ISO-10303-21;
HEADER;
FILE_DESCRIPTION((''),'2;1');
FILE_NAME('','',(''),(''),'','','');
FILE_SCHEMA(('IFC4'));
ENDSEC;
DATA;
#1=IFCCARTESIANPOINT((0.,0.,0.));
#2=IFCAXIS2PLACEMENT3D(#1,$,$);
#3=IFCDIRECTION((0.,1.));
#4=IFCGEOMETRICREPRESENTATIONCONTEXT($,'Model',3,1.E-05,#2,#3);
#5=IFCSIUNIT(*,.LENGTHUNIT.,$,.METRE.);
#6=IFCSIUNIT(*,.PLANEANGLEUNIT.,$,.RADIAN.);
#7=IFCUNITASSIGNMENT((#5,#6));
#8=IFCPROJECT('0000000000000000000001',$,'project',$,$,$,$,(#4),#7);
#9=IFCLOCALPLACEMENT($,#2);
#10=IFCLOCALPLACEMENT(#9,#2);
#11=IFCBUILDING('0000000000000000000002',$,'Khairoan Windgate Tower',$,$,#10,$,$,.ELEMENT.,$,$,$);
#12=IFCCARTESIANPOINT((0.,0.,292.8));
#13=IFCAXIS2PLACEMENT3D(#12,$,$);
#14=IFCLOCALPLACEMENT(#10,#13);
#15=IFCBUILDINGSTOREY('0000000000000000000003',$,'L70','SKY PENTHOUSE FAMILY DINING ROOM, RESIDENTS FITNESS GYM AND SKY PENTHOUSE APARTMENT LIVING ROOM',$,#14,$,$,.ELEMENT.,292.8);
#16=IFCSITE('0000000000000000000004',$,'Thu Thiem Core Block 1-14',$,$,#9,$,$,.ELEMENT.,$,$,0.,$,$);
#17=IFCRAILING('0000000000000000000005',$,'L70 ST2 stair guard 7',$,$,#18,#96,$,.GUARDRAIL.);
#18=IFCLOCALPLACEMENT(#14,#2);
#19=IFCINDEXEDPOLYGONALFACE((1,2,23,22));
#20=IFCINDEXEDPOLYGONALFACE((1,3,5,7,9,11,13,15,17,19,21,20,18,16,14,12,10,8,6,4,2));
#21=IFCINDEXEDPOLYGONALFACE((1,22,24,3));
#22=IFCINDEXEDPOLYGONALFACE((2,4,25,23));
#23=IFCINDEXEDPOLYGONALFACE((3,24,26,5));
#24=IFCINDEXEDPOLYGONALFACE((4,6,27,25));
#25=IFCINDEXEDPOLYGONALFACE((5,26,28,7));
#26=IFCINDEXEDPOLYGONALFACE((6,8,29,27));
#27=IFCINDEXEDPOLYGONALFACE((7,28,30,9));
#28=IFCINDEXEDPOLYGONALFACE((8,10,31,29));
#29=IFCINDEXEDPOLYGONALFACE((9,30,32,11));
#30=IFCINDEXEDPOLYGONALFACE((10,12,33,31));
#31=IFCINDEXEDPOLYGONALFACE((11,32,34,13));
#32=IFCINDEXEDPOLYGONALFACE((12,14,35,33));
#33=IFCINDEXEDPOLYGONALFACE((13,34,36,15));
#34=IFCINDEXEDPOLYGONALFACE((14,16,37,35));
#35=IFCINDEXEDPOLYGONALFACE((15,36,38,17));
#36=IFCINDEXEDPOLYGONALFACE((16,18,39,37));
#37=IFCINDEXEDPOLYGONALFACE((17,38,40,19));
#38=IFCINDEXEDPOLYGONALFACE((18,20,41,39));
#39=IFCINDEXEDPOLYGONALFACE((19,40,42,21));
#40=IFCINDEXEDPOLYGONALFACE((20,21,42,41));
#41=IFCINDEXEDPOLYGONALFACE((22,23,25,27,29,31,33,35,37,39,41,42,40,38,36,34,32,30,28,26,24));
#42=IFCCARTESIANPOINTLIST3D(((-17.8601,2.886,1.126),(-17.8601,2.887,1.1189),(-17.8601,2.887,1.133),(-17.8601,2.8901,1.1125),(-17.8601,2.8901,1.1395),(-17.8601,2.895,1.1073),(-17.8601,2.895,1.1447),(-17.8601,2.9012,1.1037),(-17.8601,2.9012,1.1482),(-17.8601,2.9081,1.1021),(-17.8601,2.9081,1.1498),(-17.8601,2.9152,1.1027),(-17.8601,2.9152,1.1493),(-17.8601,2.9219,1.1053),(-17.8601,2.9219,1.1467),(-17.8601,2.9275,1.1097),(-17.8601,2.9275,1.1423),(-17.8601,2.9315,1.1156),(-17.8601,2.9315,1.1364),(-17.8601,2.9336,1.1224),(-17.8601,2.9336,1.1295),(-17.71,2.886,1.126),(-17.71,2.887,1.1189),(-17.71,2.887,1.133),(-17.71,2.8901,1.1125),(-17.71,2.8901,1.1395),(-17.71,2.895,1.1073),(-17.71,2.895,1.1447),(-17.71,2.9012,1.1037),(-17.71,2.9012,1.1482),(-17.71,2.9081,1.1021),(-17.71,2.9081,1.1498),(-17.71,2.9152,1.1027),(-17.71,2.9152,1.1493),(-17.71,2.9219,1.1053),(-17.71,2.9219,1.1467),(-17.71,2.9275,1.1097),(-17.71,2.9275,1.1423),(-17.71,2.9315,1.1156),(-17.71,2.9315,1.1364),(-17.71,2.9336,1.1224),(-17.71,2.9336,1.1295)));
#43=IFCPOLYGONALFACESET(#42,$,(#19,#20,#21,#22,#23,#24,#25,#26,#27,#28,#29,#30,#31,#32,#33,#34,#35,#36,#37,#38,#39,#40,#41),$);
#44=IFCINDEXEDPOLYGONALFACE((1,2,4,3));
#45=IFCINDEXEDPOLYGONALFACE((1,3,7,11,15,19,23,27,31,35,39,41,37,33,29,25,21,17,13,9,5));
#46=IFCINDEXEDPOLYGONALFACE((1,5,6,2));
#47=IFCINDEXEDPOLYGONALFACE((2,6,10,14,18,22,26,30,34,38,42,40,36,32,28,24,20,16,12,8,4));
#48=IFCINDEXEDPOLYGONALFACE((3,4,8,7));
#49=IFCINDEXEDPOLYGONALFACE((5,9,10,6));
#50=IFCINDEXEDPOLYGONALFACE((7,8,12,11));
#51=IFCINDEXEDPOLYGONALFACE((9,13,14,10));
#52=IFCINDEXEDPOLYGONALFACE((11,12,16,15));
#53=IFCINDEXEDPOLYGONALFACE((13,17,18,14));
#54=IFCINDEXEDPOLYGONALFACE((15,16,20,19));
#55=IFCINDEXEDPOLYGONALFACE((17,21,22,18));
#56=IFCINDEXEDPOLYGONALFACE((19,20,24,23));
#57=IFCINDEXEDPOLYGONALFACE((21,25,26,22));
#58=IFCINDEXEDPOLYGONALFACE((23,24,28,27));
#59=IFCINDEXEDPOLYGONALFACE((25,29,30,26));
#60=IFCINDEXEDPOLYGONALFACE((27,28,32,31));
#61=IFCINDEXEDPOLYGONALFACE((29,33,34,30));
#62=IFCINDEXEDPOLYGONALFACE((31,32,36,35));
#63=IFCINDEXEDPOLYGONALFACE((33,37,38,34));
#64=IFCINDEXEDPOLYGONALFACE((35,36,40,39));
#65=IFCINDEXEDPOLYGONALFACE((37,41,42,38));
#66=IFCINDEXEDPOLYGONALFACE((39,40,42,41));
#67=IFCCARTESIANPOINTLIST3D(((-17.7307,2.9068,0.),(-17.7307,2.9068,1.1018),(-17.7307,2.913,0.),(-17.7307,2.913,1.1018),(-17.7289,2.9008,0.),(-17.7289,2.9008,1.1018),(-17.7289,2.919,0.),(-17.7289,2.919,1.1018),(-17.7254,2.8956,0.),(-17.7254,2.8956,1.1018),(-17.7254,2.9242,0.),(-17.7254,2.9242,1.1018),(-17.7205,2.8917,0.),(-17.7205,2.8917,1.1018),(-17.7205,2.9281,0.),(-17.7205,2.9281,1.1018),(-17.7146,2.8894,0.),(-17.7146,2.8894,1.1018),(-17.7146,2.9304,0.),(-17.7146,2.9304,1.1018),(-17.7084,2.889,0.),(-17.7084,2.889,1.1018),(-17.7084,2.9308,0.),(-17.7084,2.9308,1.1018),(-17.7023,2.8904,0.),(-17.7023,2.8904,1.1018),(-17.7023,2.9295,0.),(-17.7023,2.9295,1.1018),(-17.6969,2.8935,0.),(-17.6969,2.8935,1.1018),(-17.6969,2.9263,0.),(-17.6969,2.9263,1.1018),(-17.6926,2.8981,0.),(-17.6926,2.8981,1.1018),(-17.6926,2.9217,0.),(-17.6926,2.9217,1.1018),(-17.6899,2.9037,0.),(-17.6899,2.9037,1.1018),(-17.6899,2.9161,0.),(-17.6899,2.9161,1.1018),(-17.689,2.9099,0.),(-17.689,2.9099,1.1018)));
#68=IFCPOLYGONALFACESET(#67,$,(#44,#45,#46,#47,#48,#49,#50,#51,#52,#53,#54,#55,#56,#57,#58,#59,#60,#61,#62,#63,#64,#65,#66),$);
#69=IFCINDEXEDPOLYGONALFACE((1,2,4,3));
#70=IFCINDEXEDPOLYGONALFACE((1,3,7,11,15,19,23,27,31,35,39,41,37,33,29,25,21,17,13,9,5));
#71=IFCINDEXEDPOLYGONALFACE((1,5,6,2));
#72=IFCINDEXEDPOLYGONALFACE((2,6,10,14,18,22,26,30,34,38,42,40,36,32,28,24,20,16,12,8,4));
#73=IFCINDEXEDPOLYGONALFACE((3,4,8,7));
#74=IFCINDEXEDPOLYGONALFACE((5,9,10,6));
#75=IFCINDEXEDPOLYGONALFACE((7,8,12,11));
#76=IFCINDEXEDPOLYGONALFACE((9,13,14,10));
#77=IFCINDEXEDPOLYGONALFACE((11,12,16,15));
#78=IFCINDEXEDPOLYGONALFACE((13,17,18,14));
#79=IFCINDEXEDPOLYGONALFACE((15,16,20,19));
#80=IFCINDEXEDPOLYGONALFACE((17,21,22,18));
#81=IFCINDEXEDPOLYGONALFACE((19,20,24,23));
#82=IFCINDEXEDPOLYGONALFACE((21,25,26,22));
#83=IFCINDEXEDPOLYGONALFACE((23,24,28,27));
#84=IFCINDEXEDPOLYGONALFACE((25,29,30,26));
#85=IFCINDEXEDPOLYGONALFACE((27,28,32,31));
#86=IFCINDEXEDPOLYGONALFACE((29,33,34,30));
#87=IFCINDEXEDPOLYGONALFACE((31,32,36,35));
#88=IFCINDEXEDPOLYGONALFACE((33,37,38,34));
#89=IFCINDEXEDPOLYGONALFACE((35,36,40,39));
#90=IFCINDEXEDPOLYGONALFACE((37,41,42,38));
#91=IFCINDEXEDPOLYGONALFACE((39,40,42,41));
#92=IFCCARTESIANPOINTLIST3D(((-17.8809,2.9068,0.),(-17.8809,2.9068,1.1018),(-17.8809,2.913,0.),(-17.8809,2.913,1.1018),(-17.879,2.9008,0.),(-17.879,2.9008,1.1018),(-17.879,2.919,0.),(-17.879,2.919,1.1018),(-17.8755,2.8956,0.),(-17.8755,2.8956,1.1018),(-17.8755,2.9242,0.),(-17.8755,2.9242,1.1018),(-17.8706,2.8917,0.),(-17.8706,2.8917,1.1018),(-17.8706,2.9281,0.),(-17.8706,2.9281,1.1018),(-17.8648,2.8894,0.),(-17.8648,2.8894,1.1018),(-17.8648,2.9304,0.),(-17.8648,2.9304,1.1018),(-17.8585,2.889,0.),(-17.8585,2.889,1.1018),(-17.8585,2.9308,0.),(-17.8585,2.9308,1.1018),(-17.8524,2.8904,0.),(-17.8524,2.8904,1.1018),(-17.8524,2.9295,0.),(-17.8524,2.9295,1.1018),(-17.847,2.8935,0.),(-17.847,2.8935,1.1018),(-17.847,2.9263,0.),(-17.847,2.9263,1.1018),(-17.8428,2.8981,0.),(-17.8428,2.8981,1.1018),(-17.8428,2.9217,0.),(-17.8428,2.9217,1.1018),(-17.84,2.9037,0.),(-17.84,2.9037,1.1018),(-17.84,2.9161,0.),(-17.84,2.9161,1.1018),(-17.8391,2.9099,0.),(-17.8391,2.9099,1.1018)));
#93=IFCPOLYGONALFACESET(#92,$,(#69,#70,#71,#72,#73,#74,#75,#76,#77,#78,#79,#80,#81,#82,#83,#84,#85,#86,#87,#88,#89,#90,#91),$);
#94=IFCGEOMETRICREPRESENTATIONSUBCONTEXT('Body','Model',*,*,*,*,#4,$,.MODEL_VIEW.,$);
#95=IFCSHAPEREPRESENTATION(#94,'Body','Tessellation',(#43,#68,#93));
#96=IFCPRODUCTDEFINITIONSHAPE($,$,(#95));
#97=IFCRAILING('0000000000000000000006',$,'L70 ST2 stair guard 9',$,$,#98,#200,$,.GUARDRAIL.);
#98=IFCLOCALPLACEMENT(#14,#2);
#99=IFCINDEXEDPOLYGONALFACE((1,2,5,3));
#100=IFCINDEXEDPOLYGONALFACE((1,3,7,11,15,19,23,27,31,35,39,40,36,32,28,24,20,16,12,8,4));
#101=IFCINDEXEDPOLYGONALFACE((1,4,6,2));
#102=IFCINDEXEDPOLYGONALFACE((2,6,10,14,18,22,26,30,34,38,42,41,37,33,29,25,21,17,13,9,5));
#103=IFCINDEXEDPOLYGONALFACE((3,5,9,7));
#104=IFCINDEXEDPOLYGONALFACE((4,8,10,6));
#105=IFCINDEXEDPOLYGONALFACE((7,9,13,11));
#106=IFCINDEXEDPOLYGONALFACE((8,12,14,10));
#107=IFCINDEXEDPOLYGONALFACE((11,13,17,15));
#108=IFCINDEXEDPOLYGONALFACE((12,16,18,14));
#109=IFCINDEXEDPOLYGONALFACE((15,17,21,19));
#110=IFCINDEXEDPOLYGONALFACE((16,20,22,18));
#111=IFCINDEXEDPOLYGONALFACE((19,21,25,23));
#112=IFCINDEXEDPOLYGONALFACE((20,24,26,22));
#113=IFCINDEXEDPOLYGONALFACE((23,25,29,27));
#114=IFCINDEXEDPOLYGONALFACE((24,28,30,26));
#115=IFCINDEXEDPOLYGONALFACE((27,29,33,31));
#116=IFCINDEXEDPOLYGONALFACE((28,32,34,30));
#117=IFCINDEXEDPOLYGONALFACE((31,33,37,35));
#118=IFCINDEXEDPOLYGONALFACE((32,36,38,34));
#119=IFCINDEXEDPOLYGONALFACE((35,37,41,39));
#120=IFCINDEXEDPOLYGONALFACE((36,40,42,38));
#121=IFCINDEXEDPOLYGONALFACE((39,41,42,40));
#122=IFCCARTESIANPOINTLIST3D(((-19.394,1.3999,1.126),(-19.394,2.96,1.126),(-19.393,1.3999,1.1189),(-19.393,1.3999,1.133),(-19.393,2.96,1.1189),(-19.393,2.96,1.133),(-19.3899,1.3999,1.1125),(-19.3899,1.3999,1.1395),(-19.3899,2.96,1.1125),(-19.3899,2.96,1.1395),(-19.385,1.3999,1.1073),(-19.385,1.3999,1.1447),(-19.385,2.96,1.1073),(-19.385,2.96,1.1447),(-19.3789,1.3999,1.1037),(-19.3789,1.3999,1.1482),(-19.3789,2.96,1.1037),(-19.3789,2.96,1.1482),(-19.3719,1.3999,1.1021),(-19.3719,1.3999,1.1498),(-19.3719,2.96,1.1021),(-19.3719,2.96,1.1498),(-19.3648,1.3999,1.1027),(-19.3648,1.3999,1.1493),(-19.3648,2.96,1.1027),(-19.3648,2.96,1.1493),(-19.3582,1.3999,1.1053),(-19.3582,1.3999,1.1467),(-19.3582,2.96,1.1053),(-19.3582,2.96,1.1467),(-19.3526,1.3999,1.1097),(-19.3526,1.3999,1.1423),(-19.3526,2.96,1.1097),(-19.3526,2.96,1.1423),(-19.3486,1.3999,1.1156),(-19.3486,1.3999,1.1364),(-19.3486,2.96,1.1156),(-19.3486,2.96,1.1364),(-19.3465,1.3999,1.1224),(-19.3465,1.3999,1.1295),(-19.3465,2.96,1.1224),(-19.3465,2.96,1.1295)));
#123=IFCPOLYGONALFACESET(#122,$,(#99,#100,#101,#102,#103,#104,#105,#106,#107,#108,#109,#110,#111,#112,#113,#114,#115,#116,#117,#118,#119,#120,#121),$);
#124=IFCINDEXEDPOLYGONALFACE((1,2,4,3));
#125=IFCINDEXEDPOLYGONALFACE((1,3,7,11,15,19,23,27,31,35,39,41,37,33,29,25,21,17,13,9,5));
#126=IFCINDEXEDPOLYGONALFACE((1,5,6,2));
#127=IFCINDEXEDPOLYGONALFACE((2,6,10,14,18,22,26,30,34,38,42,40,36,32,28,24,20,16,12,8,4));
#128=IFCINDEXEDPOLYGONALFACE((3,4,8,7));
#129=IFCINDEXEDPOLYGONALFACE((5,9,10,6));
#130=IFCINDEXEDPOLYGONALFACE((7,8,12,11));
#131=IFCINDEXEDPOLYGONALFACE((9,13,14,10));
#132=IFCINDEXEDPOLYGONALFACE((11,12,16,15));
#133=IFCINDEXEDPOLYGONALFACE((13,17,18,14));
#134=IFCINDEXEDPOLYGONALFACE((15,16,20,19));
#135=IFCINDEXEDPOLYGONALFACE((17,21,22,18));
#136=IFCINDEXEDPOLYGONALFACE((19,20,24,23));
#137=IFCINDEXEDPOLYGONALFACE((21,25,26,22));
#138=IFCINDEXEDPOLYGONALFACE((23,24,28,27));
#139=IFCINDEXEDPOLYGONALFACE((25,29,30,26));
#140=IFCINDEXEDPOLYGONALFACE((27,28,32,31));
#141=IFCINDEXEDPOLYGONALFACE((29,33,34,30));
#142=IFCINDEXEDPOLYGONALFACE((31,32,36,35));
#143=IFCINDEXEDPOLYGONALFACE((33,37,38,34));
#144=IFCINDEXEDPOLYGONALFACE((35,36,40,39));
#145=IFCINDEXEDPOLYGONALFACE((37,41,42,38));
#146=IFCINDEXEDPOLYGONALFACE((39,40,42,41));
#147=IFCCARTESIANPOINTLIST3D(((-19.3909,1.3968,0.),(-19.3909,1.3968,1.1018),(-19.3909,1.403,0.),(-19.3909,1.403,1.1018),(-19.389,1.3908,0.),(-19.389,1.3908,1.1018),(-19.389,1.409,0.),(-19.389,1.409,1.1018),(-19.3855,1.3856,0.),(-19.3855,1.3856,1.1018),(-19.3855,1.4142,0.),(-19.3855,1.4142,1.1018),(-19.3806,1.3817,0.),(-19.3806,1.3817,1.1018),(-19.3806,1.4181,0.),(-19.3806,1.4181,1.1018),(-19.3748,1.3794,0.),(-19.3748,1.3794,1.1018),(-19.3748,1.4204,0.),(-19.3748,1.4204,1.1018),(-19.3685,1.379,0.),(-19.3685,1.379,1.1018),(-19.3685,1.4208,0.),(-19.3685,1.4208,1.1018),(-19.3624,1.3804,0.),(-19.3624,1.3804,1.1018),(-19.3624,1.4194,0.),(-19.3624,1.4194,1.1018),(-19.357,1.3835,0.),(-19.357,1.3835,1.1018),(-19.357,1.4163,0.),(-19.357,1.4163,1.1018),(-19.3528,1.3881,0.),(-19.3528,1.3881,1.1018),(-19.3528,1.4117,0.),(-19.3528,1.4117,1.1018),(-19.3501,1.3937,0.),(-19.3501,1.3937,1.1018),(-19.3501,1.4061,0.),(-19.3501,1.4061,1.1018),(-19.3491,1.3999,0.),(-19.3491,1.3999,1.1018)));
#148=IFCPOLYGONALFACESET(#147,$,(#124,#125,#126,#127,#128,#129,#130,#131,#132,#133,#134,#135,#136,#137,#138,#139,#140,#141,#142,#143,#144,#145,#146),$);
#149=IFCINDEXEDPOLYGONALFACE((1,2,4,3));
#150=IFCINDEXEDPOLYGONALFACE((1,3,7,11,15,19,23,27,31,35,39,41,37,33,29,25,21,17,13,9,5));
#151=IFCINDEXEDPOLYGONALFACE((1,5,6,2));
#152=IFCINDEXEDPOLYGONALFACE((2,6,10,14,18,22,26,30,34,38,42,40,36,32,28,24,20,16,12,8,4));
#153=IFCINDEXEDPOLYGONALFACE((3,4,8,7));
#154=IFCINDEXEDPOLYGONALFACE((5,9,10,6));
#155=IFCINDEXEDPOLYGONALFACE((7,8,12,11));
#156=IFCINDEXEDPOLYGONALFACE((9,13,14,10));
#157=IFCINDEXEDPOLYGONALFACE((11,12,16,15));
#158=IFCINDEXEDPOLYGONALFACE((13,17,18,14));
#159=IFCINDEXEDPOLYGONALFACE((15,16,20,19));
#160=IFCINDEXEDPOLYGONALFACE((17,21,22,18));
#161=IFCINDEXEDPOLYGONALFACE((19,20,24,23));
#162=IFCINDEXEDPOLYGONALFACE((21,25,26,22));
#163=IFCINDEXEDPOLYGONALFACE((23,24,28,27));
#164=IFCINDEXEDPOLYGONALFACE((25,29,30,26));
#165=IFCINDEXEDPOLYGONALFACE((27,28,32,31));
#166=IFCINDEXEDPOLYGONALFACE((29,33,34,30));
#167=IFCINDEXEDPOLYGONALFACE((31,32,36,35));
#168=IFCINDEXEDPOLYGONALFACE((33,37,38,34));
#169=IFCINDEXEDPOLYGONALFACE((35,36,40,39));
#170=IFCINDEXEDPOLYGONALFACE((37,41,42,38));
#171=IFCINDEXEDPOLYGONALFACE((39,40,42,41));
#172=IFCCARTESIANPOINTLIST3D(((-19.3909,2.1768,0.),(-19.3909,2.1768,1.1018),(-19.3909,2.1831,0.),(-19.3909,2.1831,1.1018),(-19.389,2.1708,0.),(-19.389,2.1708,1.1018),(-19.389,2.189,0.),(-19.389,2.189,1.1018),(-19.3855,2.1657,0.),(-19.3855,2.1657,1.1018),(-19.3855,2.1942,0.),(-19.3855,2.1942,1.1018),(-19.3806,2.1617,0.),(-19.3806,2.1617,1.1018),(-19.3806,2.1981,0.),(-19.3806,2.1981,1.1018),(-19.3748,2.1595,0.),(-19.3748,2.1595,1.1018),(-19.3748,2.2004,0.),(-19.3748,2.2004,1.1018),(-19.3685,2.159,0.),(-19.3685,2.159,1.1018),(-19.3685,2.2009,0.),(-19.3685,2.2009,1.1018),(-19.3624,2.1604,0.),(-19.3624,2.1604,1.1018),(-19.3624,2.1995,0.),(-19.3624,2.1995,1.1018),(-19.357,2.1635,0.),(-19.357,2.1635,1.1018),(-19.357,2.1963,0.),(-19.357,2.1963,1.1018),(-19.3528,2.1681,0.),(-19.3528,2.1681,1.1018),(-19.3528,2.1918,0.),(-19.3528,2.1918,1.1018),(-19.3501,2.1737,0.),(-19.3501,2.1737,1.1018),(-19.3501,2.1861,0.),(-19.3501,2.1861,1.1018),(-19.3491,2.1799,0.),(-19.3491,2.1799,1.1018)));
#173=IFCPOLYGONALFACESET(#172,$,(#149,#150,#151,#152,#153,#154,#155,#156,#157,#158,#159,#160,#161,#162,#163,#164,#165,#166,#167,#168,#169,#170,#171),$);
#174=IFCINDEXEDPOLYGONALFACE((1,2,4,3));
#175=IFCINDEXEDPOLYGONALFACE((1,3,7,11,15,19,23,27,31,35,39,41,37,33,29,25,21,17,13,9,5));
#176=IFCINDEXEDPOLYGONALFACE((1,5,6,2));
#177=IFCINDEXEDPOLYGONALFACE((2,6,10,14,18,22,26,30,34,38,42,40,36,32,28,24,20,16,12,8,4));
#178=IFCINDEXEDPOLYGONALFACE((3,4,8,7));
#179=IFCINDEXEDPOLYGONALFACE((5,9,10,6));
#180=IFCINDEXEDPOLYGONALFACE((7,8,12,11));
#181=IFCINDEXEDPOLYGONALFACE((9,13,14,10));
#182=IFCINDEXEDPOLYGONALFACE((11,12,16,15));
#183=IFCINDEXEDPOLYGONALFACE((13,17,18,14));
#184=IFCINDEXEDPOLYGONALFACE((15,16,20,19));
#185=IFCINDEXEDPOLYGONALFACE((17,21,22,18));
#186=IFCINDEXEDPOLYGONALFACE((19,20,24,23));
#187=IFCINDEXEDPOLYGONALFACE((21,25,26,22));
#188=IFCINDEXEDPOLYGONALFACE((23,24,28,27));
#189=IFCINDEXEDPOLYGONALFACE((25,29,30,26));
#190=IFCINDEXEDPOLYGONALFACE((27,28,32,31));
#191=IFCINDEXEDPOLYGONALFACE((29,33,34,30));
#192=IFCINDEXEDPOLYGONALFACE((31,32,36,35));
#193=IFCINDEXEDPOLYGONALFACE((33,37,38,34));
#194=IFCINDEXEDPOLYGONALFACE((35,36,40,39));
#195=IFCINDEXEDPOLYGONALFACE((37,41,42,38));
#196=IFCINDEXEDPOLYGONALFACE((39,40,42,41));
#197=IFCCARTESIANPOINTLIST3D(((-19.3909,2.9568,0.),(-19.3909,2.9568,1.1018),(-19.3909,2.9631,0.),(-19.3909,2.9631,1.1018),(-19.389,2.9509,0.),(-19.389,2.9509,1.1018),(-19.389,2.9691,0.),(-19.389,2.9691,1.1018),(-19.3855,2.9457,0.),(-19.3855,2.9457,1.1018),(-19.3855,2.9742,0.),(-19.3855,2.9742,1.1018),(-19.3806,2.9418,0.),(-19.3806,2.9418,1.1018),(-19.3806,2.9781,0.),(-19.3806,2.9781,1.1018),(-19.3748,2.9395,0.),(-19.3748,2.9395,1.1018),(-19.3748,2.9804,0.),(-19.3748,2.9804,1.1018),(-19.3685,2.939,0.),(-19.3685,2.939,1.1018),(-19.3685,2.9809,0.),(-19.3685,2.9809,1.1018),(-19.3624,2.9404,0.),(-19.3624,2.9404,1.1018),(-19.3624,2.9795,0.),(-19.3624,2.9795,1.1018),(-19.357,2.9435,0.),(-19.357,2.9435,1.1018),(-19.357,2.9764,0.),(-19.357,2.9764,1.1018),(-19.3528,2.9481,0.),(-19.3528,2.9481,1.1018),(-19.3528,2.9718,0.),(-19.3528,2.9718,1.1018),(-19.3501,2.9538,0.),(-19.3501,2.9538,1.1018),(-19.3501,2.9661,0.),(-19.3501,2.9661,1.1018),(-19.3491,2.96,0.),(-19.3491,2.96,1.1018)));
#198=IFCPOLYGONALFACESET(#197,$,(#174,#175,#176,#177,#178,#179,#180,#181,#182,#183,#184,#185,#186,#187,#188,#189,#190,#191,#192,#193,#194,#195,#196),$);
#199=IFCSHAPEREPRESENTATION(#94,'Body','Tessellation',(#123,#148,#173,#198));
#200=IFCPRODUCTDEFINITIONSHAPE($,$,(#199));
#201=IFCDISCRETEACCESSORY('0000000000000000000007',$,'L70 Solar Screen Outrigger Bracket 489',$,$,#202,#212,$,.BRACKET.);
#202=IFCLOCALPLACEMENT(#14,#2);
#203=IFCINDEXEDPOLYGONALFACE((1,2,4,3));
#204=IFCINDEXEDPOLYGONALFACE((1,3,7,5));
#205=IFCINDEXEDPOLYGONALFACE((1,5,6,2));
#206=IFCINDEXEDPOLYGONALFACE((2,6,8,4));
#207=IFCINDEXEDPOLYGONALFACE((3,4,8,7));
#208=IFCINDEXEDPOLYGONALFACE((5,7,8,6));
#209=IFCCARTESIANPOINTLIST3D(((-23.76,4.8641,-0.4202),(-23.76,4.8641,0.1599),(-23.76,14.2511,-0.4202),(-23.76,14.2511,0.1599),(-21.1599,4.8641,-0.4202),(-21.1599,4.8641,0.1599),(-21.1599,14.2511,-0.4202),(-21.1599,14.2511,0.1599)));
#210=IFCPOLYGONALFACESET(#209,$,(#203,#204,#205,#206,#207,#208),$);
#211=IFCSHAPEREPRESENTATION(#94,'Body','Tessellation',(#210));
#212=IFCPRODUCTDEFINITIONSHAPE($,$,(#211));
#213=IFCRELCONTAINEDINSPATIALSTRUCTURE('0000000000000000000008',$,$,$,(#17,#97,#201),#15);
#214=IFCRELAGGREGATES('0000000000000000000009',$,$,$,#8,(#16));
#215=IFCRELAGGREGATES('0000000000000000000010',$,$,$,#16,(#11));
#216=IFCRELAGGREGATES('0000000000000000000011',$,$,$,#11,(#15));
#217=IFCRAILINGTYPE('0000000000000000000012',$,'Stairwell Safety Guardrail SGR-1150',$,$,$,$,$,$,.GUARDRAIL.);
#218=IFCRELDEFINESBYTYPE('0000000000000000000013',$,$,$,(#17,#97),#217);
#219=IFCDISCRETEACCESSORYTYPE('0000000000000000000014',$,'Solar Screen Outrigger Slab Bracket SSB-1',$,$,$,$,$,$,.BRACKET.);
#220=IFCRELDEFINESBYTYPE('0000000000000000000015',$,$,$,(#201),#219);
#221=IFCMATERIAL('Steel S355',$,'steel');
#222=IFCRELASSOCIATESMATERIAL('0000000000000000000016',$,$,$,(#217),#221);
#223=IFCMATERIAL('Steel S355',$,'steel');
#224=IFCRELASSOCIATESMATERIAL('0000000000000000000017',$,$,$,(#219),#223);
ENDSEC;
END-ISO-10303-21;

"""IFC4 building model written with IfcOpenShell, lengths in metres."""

from ifc_helpers import new_model, si_unit, direction, frame, origin, origin_2d, place, context, subcontext, project, spatial, rectangle, circle, extrude, material, type_object, element, save


model = new_model("IFC4")

# Units and contexts
model_context = context("Model", 3, precision=1e-05, world=origin(), true_north=direction((0.0, 1.0)))
body_context = subcontext(model_context, "Body", "Model", "MODEL_VIEW")
ifc_project = project(units=[si_unit("LENGTHUNIT", "METRE"), si_unit("PLANEANGLEUNIT", "RADIAN")], contexts=[model_context])

# Site, building, storey
site_placement = place(None, origin())
site = spatial("IfcSite", under=ifc_project, at=site_placement, Name="Thu Thiem Core Block 1-14", CompositionType="ELEMENT", RefElevation=0.0)
building_placement = place(site_placement, origin())
building = spatial("IfcBuilding", under=site, at=building_placement, Name="Khairoan Windgate Tower", CompositionType="ELEMENT")
storey_placement = place(building_placement, frame((0.0, 0.0, 292.8)))
storey = spatial("IfcBuildingStorey", under=building, at=storey_placement, Name="L70", Description="SKY PENTHOUSE FAMILY DINING ROOM, RESIDENTS FITNESS GYM AND SKY PENTHOUSE APARTMENT LIVING ROOM", CompositionType="ELEMENT", Elevation=292.8)

# Railings
ifc_material_1 = material(Name="Steel S355", Category="steel")
railing_type_1 = type_object("IfcRailingType", Name="Stairwell Safety Guardrail SGR-1150", PredefinedType="GUARDRAIL", material=ifc_material_1)
railing_1_placement = place(storey_placement, frame((-17.71, 2.9099, 0.0)))
element("IfcRailing", 1, at=railing_1_placement, inside=storey, type_object=railing_type_1, Name="L70 ST2 stair guard 7", PredefinedType="GUARDRAIL", context=body_context, shape_type="SweptSolid", body=[
    extrude(circle(Radius=0.0239, at=origin_2d()), frame((0.0, 0.0, 1.126), z_axis=(-1.0, 0.0, 0.0), x_axis=(0.0, -1.0, 0.0)), (0.0, 0.0, 1.0), 0.1501),
    extrude(circle(Radius=0.021, at=origin_2d()), origin(), (0.0, 0.0, 1.0), 1.1018),
    extrude(circle(Radius=0.021, at=origin_2d()), frame((-0.1501, 0.0, 0.0)), (0.0, 0.0, 1.0), 1.1018),
])
railing_2_placement = place(storey_placement, frame((-19.3701, 1.3999, 0.0)))
element("IfcRailing", 2, at=railing_2_placement, inside=storey, type_object=railing_type_1, Name="L70 ST2 stair guard 9", PredefinedType="GUARDRAIL", context=body_context, shape_type="SweptSolid", body=[
    extrude(circle(Radius=0.0239, at=origin_2d()), frame((0.0, 0.0, 1.126), z_axis=(0.0, 1.0, 0.0), x_axis=(-1.0, 0.0, 0.0)), (0.0, 0.0, 1.0), 1.5601),
    extrude(circle(Radius=0.021, at=origin_2d()), origin(), (0.0, 0.0, 1.0), 1.1018),
    extrude(circle(Radius=0.021, at=origin_2d()), frame((0.0, 0.78, 0.0)), (0.0, 0.0, 1.0), 1.1018),
    extrude(circle(Radius=0.021, at=origin_2d()), frame((0.0, 1.5601, 0.0)), (0.0, 0.0, 1.0), 1.1018),
])

# Discrete accessory
ifc_material_2 = material(Name="Steel S355", Category="steel")
discrete_accessory_type = type_object("IfcDiscreteAccessoryType", Name="Solar Screen Outrigger Slab Bracket SSB-1", PredefinedType="BRACKET", material=ifc_material_2)
discrete_accessory_placement = place(storey_placement, frame((-22.46, 9.5576, -0.4202), z_axis=(0.0, 0.0, 1.0), x_axis=(0.0, 1.0, 0.0)))
element("IfcDiscreteAccessory", 3, at=discrete_accessory_placement, inside=storey, type_object=discrete_accessory_type, Name="L70 Solar Screen Outrigger Bracket 489", PredefinedType="BRACKET", context=body_context, shape_type="SweptSolid", body=[
    extrude(rectangle(XDim=9.387, YDim=2.6001, at=origin_2d()), origin(), (0.0, 0.0, 1.0), 0.5801),
])

save(model, "model.ifc")
